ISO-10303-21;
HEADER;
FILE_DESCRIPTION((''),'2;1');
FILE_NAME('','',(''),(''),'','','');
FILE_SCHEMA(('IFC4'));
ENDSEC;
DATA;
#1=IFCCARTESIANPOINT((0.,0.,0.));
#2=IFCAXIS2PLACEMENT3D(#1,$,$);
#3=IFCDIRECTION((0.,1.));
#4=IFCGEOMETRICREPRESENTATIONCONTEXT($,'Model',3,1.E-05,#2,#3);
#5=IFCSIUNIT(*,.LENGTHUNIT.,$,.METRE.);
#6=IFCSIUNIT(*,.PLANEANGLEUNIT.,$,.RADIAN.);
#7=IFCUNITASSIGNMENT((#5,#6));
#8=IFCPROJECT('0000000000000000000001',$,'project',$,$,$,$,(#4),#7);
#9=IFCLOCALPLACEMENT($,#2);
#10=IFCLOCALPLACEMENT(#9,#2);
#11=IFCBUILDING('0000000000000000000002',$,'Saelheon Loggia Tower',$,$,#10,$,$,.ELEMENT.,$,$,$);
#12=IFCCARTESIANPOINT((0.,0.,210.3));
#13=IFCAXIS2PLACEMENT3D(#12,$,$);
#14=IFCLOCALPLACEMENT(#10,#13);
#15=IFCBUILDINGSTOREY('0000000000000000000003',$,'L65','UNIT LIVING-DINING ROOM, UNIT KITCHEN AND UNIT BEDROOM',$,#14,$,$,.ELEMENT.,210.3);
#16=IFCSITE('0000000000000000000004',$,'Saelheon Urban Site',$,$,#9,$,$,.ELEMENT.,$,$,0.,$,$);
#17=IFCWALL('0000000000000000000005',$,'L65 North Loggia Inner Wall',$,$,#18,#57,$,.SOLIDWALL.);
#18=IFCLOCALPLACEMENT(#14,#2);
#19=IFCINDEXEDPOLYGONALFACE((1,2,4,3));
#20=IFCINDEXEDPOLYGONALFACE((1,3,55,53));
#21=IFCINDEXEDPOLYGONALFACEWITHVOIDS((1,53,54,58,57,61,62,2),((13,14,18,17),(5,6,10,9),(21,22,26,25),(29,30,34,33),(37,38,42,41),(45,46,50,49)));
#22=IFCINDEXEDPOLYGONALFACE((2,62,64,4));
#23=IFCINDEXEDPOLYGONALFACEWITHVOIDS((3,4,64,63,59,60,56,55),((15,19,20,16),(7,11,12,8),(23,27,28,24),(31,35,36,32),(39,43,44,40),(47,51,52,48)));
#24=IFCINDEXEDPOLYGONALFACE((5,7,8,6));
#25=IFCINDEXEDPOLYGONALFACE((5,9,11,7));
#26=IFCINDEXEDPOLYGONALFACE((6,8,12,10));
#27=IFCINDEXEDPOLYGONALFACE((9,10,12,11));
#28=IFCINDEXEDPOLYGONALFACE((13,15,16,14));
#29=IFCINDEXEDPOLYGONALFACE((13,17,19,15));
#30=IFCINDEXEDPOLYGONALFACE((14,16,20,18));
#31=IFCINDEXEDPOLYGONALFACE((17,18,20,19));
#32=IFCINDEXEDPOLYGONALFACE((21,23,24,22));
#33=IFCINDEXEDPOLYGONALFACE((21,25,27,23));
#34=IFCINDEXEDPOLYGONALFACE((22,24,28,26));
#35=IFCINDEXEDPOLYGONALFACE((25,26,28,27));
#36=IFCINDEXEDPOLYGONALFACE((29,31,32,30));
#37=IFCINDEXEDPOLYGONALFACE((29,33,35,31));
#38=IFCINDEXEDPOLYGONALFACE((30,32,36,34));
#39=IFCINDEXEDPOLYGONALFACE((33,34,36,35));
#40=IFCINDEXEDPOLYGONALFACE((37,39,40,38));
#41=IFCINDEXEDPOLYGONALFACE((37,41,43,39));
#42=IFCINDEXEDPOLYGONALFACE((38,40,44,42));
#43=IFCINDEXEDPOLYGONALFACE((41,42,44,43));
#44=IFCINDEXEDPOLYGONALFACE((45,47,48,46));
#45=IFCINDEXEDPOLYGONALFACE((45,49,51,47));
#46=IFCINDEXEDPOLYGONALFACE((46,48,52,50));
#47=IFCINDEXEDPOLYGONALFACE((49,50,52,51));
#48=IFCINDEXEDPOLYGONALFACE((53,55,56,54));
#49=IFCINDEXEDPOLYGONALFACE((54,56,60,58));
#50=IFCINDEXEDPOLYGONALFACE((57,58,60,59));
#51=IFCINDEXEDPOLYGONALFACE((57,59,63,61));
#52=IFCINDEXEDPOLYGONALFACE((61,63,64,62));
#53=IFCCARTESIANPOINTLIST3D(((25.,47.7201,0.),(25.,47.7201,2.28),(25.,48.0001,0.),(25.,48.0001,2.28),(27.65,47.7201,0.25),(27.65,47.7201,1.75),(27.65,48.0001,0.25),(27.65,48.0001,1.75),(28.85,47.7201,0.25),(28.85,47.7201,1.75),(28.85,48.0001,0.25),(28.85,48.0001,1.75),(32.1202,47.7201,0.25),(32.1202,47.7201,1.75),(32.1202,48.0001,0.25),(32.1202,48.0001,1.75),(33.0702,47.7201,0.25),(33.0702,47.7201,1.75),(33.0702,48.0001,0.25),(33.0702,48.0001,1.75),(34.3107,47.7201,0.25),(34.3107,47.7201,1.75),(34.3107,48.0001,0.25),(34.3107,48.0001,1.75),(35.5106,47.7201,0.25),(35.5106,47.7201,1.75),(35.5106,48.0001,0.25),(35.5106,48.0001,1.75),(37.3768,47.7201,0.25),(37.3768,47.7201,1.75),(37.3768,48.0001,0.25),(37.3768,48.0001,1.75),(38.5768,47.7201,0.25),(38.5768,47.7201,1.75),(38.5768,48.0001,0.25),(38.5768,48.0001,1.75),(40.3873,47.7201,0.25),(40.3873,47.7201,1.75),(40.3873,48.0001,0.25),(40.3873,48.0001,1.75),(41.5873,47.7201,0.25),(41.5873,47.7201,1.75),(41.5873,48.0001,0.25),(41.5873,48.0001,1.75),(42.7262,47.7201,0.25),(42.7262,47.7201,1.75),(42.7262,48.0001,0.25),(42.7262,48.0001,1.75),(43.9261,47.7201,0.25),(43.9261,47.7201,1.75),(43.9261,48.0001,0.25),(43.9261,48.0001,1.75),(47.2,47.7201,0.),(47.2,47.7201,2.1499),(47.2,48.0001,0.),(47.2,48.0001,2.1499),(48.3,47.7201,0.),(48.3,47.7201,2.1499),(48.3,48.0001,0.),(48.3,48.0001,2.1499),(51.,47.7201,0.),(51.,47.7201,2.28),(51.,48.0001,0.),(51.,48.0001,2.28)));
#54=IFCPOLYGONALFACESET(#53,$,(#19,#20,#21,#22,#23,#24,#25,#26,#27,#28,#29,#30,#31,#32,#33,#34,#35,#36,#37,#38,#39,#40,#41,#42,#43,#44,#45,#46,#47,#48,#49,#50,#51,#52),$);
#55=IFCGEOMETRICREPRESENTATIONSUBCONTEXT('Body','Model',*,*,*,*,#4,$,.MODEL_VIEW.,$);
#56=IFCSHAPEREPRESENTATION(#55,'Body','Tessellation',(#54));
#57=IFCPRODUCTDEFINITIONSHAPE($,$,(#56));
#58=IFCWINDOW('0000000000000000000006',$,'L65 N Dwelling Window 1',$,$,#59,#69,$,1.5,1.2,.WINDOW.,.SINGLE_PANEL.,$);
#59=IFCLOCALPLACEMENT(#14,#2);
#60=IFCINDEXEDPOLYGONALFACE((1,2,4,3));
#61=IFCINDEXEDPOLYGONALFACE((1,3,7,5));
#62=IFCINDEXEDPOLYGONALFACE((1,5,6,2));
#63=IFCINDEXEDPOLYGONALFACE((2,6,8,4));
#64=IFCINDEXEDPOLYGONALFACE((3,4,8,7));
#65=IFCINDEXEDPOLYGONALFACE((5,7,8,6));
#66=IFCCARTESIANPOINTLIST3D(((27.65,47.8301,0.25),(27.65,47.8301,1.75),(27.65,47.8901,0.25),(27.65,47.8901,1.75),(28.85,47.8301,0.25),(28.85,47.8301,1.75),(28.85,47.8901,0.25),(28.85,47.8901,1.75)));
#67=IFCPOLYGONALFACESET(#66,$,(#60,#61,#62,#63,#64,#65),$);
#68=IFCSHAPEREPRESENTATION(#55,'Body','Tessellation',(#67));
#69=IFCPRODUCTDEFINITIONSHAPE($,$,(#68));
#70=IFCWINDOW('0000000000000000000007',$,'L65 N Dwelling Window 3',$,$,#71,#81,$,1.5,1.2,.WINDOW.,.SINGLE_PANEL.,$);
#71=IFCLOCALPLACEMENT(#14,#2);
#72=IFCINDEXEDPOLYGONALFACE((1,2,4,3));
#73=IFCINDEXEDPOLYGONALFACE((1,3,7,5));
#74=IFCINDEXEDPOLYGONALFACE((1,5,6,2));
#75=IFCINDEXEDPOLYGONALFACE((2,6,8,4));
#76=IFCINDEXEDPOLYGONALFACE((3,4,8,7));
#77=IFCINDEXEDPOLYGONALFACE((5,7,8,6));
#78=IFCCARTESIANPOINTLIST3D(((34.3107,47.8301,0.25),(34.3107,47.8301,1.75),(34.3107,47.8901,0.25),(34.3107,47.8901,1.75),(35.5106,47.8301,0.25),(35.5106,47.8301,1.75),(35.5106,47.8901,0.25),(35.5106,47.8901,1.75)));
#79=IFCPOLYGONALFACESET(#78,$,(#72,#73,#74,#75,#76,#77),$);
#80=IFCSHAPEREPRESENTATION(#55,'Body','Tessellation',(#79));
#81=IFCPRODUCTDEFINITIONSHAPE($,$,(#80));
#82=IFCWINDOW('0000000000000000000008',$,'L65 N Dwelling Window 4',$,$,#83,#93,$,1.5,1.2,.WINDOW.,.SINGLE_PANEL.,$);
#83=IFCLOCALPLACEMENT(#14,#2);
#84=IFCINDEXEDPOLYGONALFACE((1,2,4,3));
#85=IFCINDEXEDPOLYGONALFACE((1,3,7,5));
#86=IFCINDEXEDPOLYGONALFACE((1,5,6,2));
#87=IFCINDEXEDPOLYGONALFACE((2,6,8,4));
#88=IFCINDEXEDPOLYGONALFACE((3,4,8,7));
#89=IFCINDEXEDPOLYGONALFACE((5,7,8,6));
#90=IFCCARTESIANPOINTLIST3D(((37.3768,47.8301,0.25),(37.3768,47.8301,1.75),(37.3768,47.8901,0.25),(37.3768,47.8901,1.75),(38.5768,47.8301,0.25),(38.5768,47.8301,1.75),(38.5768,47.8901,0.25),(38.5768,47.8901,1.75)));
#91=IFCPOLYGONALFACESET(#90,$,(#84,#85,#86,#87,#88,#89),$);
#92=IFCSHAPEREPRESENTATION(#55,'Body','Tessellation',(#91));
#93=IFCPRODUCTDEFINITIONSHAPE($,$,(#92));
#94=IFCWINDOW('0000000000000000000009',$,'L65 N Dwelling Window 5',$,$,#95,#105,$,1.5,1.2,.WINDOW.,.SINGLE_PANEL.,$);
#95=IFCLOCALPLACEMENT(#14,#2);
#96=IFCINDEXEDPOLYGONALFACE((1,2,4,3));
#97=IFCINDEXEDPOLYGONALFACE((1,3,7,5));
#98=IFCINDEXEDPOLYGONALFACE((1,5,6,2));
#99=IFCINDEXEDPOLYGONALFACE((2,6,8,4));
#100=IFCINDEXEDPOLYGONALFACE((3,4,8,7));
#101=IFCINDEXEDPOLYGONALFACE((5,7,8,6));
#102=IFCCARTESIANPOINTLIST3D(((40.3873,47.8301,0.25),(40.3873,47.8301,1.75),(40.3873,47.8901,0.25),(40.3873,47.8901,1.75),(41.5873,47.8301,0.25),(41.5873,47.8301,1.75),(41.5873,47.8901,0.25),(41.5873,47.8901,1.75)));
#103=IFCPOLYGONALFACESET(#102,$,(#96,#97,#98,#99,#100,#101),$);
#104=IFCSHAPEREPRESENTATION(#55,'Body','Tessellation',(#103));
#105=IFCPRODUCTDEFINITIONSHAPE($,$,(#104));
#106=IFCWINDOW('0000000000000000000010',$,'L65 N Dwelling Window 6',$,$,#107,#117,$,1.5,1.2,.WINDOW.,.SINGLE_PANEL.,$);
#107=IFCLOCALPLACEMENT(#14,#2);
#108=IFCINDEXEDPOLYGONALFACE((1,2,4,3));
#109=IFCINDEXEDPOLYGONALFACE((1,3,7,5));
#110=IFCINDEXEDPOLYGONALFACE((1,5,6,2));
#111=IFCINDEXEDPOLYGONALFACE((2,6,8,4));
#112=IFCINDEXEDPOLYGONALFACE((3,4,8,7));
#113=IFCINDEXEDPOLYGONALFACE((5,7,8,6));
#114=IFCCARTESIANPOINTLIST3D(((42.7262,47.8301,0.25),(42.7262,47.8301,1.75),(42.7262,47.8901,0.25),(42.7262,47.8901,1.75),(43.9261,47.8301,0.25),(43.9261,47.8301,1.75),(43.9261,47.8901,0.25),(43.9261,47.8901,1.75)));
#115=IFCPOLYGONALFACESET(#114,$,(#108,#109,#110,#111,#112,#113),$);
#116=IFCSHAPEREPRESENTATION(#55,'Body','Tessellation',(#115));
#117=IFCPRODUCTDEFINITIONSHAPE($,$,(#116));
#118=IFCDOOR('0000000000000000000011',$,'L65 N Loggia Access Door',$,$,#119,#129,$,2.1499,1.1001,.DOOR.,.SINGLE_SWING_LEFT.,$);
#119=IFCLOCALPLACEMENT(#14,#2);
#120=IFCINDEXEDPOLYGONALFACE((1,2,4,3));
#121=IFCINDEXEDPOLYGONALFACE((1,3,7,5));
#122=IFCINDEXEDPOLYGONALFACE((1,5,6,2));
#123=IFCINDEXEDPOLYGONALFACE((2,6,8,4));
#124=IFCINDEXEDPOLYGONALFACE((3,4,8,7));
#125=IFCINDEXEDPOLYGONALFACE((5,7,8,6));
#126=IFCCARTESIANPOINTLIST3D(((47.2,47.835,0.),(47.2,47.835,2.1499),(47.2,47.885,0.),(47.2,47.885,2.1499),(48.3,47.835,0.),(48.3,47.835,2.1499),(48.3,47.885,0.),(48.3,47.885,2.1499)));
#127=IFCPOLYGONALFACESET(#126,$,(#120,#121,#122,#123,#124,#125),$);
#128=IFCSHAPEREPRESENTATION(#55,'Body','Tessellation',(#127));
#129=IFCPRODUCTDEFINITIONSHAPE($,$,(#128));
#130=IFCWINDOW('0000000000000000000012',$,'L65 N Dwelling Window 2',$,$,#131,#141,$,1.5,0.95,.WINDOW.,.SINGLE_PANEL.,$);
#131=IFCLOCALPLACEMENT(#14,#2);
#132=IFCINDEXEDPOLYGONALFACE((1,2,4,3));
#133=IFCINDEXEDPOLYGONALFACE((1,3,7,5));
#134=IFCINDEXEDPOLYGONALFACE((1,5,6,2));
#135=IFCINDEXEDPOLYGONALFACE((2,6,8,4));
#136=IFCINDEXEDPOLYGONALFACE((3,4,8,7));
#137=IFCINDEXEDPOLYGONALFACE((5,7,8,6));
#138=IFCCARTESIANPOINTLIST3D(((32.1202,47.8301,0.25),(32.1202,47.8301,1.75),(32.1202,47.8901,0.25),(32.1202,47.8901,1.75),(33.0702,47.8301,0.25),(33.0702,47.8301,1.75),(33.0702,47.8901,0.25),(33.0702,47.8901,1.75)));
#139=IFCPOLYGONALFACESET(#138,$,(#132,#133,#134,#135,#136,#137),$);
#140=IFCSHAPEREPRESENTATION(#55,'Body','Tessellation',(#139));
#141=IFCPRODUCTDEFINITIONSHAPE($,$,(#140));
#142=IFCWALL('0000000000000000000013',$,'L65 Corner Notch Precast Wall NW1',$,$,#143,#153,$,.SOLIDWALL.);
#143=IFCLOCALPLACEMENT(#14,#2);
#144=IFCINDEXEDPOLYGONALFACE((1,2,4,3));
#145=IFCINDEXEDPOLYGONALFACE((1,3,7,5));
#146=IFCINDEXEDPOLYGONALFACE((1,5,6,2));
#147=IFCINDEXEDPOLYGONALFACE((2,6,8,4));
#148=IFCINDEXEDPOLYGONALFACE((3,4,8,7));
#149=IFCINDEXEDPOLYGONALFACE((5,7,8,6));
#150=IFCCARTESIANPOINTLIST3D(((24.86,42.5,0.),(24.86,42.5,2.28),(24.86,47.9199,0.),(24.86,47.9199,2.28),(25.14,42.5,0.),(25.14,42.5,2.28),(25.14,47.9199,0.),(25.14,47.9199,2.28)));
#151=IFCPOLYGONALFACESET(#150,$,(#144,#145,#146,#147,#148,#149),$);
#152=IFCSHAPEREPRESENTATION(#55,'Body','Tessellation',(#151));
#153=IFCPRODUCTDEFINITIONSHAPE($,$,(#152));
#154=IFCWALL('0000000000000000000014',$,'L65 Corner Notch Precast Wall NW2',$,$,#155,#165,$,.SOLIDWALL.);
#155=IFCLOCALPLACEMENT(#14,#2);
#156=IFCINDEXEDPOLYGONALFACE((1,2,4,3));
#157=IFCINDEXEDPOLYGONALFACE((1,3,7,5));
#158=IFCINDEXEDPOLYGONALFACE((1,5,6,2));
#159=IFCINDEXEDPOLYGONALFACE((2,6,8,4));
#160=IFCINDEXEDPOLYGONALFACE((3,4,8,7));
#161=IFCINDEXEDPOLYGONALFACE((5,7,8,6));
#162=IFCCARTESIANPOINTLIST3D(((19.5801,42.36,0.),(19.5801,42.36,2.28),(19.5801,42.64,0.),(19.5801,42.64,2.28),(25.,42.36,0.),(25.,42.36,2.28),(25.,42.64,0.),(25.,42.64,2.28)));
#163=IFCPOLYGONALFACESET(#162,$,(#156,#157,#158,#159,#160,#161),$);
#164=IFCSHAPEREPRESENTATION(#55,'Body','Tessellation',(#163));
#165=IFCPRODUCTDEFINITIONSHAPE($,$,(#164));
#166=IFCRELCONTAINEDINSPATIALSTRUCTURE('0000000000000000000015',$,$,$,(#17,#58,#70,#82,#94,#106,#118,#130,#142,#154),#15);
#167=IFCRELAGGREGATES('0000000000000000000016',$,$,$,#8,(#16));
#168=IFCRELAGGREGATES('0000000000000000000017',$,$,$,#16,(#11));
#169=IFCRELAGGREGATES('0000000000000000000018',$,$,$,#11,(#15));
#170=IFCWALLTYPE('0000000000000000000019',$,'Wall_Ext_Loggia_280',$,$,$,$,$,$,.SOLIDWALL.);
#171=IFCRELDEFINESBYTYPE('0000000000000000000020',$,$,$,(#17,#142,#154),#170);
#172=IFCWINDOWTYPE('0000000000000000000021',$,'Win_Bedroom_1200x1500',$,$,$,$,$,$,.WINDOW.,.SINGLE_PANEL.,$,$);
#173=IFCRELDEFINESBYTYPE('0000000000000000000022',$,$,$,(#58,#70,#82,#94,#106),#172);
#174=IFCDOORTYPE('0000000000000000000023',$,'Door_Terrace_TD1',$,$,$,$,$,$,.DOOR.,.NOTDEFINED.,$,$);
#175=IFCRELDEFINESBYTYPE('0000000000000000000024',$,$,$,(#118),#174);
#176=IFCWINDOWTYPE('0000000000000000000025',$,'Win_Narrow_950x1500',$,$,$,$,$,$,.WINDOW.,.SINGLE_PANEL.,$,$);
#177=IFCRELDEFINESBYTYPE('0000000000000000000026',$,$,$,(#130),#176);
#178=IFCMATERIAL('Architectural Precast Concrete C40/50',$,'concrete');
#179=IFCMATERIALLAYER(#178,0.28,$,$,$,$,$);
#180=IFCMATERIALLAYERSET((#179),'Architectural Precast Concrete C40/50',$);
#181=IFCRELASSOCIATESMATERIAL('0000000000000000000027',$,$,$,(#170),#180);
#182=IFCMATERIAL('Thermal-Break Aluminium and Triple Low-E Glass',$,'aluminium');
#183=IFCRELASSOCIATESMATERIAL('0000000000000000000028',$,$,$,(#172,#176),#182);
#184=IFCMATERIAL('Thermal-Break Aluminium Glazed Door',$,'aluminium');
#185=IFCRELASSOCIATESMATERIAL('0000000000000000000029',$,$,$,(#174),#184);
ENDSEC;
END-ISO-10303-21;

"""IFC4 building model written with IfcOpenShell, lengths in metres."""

from ifc_helpers import new_model, si_unit, direction, frame, frame_2d, origin, place, context, subcontext, project, spatial, rectangle, extrude, source, transform, mapped, material, layer, layer_set, type_object, element, fill, save


model = new_model("IFC4")

# Units and contexts
model_context = context("Model", 3, precision=1e-05, world=origin(), true_north=direction((0.0, 1.0)))
body_context = subcontext(model_context, "Body", "Model", "MODEL_VIEW")
ifc_project = project(units=[si_unit("LENGTHUNIT", "METRE"), si_unit("PLANEANGLEUNIT", "RADIAN")], contexts=[model_context])

# Site, building, storey
site_placement = place(None, origin())
site = spatial("IfcSite", under=ifc_project, at=site_placement, Name="Saelheon Urban Site", CompositionType="ELEMENT", RefElevation=0.0)
building_placement = place(site_placement, origin())
building = spatial("IfcBuilding", under=site, at=building_placement, Name="Saelheon Loggia Tower", CompositionType="ELEMENT")
storey_placement = place(building_placement, frame((0.0, 0.0, 210.3)))
storey = spatial("IfcBuildingStorey", under=building, at=storey_placement, Name="L65", Description="UNIT LIVING-DINING ROOM, UNIT KITCHEN AND UNIT BEDROOM", CompositionType="ELEMENT", Elevation=210.3)

# Wall, openings, windows, door
ifc_material_1 = material(Name="Architectural Precast Concrete C40/50", Category="concrete")
ifc_layer_1 = layer(ifc_material_1, 0.28)
ifc_layer_set_1 = layer_set([ifc_layer_1], Name="Architectural Precast Concrete C40/50")
wall_type_1 = type_object("IfcWallType", Name="Wall_Ext_Loggia_280", PredefinedType="SOLIDWALL", material=ifc_layer_set_1)
wall_1_placement = place(storey_placement, frame((25.0, 47.8601, 0.0), z_axis=(0.0, 0.0, 1.0), x_axis=(1.0, 0.0, 0.0)))
wall_1 = element("IfcWall", 1, at=wall_1_placement, inside=storey, type_object=wall_type_1, Name="L65 North Loggia Inner Wall", PredefinedType="SOLIDWALL", context=body_context, shape_type="SweptSolid", body=[
    extrude(rectangle(XDim=26.0, YDim=0.28, at=frame_2d((13.0, 0.0))), origin(), (0.0, 0.0, 1.0), 2.28),
])
opening_1_placement = place(wall_1_placement, frame((2.6499, 0.0, 0.25)))
opening_1 = element("IfcOpeningElement", 2, at=opening_1_placement, cuts=wall_1, PredefinedType="OPENING", context=body_context, shape_type="SweptSolid", body=[
    extrude(rectangle(XDim=1.2, YDim=1.5, at=frame_2d((0.6001, 0.75))), frame((0.0, 0.1521, 0.0), z_axis=(0.0, -1.0, 0.0), x_axis=(1.0, 0.0, 0.0)), (0.0, 0.0, 1.0), 0.304),
])
opening_2_placement = place(wall_1_placement, frame((7.1201, 0.0, 0.25)))
opening_2 = element("IfcOpeningElement", 3, at=opening_2_placement, cuts=wall_1, PredefinedType="OPENING", context=body_context, shape_type="SweptSolid", body=[
    extrude(rectangle(XDim=0.95, YDim=1.5, at=frame_2d((0.4751, 0.75))), frame((0.0, 0.1521, 0.0), z_axis=(0.0, -1.0, 0.0), x_axis=(1.0, 0.0, 0.0)), (0.0, 0.0, 1.0), 0.304),
])
opening_3_placement = place(wall_1_placement, frame((9.3105, 0.0, 0.25)))
opening_3 = element("IfcOpeningElement", 4, at=opening_3_placement, cuts=wall_1, PredefinedType="OPENING", context=body_context, shape_type="SweptSolid", body=[
    extrude(rectangle(XDim=1.2, YDim=1.5, at=frame_2d((0.6001, 0.75))), frame((0.0, 0.1521, 0.0), z_axis=(0.0, -1.0, 0.0), x_axis=(1.0, 0.0, 0.0)), (0.0, 0.0, 1.0), 0.304),
])
opening_4_placement = place(wall_1_placement, frame((12.3767, 0.0, 0.25)))
opening_4 = element("IfcOpeningElement", 5, at=opening_4_placement, cuts=wall_1, PredefinedType="OPENING", context=body_context, shape_type="SweptSolid", body=[
    extrude(rectangle(XDim=1.2, YDim=1.5, at=frame_2d((0.6001, 0.75))), frame((0.0, 0.1521, 0.0), z_axis=(0.0, -1.0, 0.0), x_axis=(1.0, 0.0, 0.0)), (0.0, 0.0, 1.0), 0.304),
])
opening_5_placement = place(wall_1_placement, frame((15.3872, 0.0, 0.25)))
opening_5 = element("IfcOpeningElement", 6, at=opening_5_placement, cuts=wall_1, PredefinedType="OPENING", context=body_context, shape_type="SweptSolid", body=[
    extrude(rectangle(XDim=1.2, YDim=1.5, at=frame_2d((0.6001, 0.75))), frame((0.0, 0.1521, 0.0), z_axis=(0.0, -1.0, 0.0), x_axis=(1.0, 0.0, 0.0)), (0.0, 0.0, 1.0), 0.304),
])
opening_6_placement = place(wall_1_placement, frame((17.7261, 0.0, 0.25)))
opening_6 = element("IfcOpeningElement", 7, at=opening_6_placement, cuts=wall_1, PredefinedType="OPENING", context=body_context, shape_type="SweptSolid", body=[
    extrude(rectangle(XDim=1.2, YDim=1.5, at=frame_2d((0.6001, 0.75))), frame((0.0, 0.1521, 0.0), z_axis=(0.0, -1.0, 0.0), x_axis=(1.0, 0.0, 0.0)), (0.0, 0.0, 1.0), 0.304),
])
opening_7_placement = place(wall_1_placement, frame((22.2, 0.0, 0.0)))
opening_7 = element("IfcOpeningElement", 8, at=opening_7_placement, cuts=wall_1, PredefinedType="OPENING", context=body_context, shape_type="SweptSolid", body=[
    extrude(rectangle(XDim=1.1001, YDim=2.1499, at=frame_2d((0.55, 1.075))), frame((0.0, 0.1521, 0.0), z_axis=(0.0, -1.0, 0.0), x_axis=(1.0, 0.0, 0.0)), (0.0, 0.0, 1.0), 0.304),
])
ifc_material_2 = material(Name="Thermal-Break Aluminium and Triple Low-E Glass", Category="aluminium")
window_type_1 = type_object("IfcWindowType", Name="Win_Bedroom_1200x1500", PartitioningType="SINGLE_PANEL", PredefinedType="WINDOW", material=ifc_material_2)
shared_shape_1 = source(origin(), body_context, "Body", "SweptSolid", [
    extrude(rectangle(XDim=1.2, YDim=1.5, at=frame_2d((0.6001, 0.75))), frame((0.0, 0.03, 0.0), z_axis=(0.0, -1.0, 0.0), x_axis=(1.0, 0.0, 0.0)), (0.0, 0.0, 1.0), 0.0601),
])
window_1_placement = place(opening_1_placement, origin())
window_1 = element("IfcWindow", 9, at=window_1_placement, inside=storey, type_object=window_type_1, Name="L65 N Dwelling Window 1", OverallHeight=1.5, OverallWidth=1.2, PartitioningType="SINGLE_PANEL", PredefinedType="WINDOW", context=body_context, shape_type="MappedRepresentation", body=[
    mapped(shared_shape_1, transform((0.0, 0.0, 0.0), scale=1.0)),
])
fill(opening_1, window_1)
window_2_placement = place(opening_3_placement, origin())
window_2 = element("IfcWindow", 10, at=window_2_placement, inside=storey, type_object=window_type_1, Name="L65 N Dwelling Window 3", OverallHeight=1.5, OverallWidth=1.2, PartitioningType="SINGLE_PANEL", PredefinedType="WINDOW", context=body_context, shape_type="MappedRepresentation", body=[
    mapped(shared_shape_1, transform((0.0, 0.0, 0.0), scale=1.0)),
])
fill(opening_3, window_2)
window_3_placement = place(opening_4_placement, origin())
window_3 = element("IfcWindow", 11, at=window_3_placement, inside=storey, type_object=window_type_1, Name="L65 N Dwelling Window 4", OverallHeight=1.5, OverallWidth=1.2, PartitioningType="SINGLE_PANEL", PredefinedType="WINDOW", context=body_context, shape_type="MappedRepresentation", body=[
    mapped(shared_shape_1, transform((0.0, 0.0, 0.0), scale=1.0)),
])
fill(opening_4, window_3)
window_4_placement = place(opening_5_placement, origin())
window_4 = element("IfcWindow", 12, at=window_4_placement, inside=storey, type_object=window_type_1, Name="L65 N Dwelling Window 5", OverallHeight=1.5, OverallWidth=1.2, PartitioningType="SINGLE_PANEL", PredefinedType="WINDOW", context=body_context, shape_type="MappedRepresentation", body=[
    mapped(shared_shape_1, transform((0.0, 0.0, 0.0), scale=1.0)),
])
fill(opening_5, window_4)
window_5_placement = place(opening_6_placement, origin())
window_5 = element("IfcWindow", 13, at=window_5_placement, inside=storey, type_object=window_type_1, Name="L65 N Dwelling Window 6", OverallHeight=1.5, OverallWidth=1.2, PartitioningType="SINGLE_PANEL", PredefinedType="WINDOW", context=body_context, shape_type="MappedRepresentation", body=[
    mapped(shared_shape_1, transform((0.0, 0.0, 0.0), scale=1.0)),
])
fill(opening_6, window_5)
ifc_material_3 = material(Name="Thermal-Break Aluminium Glazed Door", Category="aluminium")
door_type_1 = type_object("IfcDoorType", Name="Door_Terrace_TD1", OperationType="NOTDEFINED", PredefinedType="DOOR", material=ifc_material_3)
shared_shape_2 = source(origin(), body_context, "Body", "SweptSolid", [
    extrude(rectangle(XDim=1.1001, YDim=2.1499, at=frame_2d((0.55, 1.075))), frame((0.0, 0.0249, 0.0), z_axis=(0.0, -1.0, 0.0), x_axis=(1.0, 0.0, 0.0)), (0.0, 0.0, 1.0), 0.05),
])
door_1_placement = place(opening_7_placement, origin())
door_1 = element("IfcDoor", 14, at=door_1_placement, inside=storey, type_object=door_type_1, Name="L65 N Loggia Access Door", OperationType="SINGLE_SWING_LEFT", OverallHeight=2.1499, OverallWidth=1.1001, PredefinedType="DOOR", context=body_context, shape_type="MappedRepresentation", body=[
    mapped(shared_shape_2, transform((0.0, 0.0, 0.0), scale=1.0)),
])
fill(opening_7, door_1)
window_type_2 = type_object("IfcWindowType", Name="Win_Narrow_950x1500", PartitioningType="SINGLE_PANEL", PredefinedType="WINDOW", material=ifc_material_2)
shared_shape_3 = source(origin(), body_context, "Body", "SweptSolid", [
    extrude(rectangle(XDim=0.95, YDim=1.5, at=frame_2d((0.4751, 0.75))), frame((0.0, 0.03, 0.0), z_axis=(0.0, -1.0, 0.0), x_axis=(1.0, 0.0, 0.0)), (0.0, 0.0, 1.0), 0.0601),
])
window_6_placement = place(opening_2_placement, origin())
window_6 = element("IfcWindow", 15, at=window_6_placement, inside=storey, type_object=window_type_2, Name="L65 N Dwelling Window 2", OverallHeight=1.5, OverallWidth=0.95, PartitioningType="SINGLE_PANEL", PredefinedType="WINDOW", context=body_context, shape_type="MappedRepresentation", body=[
    mapped(shared_shape_3, transform((0.0, 0.0, 0.0), scale=1.0)),
])
fill(opening_2, window_6)

# Walls
for number, where, z_axis, x_axis, name in (
    (16, (25.0, 42.5, 0.0), (0.0, 0.0, 1.0), (0.0, 1.0, 0.0), "L65 Corner Notch Precast Wall NW1"),
    (17, (19.5801, 42.5, 0.0), (0.0, 0.0, 1.0), (1.0, 0.0, 0.0), "L65 Corner Notch Precast Wall NW2"),
):
    element("IfcWall", number, at=place(storey_placement, frame(where, z_axis=z_axis, x_axis=x_axis)), inside=storey, type_object=wall_type_1, Name=name, PredefinedType="SOLIDWALL", context=body_context, shape_type="SweptSolid", body=[
        extrude(rectangle(XDim=5.4199, YDim=0.28, at=frame_2d((2.71, 0.0))), origin(), (0.0, 0.0, 1.0), 2.28),
    ])

save(model, "model.ifc")
